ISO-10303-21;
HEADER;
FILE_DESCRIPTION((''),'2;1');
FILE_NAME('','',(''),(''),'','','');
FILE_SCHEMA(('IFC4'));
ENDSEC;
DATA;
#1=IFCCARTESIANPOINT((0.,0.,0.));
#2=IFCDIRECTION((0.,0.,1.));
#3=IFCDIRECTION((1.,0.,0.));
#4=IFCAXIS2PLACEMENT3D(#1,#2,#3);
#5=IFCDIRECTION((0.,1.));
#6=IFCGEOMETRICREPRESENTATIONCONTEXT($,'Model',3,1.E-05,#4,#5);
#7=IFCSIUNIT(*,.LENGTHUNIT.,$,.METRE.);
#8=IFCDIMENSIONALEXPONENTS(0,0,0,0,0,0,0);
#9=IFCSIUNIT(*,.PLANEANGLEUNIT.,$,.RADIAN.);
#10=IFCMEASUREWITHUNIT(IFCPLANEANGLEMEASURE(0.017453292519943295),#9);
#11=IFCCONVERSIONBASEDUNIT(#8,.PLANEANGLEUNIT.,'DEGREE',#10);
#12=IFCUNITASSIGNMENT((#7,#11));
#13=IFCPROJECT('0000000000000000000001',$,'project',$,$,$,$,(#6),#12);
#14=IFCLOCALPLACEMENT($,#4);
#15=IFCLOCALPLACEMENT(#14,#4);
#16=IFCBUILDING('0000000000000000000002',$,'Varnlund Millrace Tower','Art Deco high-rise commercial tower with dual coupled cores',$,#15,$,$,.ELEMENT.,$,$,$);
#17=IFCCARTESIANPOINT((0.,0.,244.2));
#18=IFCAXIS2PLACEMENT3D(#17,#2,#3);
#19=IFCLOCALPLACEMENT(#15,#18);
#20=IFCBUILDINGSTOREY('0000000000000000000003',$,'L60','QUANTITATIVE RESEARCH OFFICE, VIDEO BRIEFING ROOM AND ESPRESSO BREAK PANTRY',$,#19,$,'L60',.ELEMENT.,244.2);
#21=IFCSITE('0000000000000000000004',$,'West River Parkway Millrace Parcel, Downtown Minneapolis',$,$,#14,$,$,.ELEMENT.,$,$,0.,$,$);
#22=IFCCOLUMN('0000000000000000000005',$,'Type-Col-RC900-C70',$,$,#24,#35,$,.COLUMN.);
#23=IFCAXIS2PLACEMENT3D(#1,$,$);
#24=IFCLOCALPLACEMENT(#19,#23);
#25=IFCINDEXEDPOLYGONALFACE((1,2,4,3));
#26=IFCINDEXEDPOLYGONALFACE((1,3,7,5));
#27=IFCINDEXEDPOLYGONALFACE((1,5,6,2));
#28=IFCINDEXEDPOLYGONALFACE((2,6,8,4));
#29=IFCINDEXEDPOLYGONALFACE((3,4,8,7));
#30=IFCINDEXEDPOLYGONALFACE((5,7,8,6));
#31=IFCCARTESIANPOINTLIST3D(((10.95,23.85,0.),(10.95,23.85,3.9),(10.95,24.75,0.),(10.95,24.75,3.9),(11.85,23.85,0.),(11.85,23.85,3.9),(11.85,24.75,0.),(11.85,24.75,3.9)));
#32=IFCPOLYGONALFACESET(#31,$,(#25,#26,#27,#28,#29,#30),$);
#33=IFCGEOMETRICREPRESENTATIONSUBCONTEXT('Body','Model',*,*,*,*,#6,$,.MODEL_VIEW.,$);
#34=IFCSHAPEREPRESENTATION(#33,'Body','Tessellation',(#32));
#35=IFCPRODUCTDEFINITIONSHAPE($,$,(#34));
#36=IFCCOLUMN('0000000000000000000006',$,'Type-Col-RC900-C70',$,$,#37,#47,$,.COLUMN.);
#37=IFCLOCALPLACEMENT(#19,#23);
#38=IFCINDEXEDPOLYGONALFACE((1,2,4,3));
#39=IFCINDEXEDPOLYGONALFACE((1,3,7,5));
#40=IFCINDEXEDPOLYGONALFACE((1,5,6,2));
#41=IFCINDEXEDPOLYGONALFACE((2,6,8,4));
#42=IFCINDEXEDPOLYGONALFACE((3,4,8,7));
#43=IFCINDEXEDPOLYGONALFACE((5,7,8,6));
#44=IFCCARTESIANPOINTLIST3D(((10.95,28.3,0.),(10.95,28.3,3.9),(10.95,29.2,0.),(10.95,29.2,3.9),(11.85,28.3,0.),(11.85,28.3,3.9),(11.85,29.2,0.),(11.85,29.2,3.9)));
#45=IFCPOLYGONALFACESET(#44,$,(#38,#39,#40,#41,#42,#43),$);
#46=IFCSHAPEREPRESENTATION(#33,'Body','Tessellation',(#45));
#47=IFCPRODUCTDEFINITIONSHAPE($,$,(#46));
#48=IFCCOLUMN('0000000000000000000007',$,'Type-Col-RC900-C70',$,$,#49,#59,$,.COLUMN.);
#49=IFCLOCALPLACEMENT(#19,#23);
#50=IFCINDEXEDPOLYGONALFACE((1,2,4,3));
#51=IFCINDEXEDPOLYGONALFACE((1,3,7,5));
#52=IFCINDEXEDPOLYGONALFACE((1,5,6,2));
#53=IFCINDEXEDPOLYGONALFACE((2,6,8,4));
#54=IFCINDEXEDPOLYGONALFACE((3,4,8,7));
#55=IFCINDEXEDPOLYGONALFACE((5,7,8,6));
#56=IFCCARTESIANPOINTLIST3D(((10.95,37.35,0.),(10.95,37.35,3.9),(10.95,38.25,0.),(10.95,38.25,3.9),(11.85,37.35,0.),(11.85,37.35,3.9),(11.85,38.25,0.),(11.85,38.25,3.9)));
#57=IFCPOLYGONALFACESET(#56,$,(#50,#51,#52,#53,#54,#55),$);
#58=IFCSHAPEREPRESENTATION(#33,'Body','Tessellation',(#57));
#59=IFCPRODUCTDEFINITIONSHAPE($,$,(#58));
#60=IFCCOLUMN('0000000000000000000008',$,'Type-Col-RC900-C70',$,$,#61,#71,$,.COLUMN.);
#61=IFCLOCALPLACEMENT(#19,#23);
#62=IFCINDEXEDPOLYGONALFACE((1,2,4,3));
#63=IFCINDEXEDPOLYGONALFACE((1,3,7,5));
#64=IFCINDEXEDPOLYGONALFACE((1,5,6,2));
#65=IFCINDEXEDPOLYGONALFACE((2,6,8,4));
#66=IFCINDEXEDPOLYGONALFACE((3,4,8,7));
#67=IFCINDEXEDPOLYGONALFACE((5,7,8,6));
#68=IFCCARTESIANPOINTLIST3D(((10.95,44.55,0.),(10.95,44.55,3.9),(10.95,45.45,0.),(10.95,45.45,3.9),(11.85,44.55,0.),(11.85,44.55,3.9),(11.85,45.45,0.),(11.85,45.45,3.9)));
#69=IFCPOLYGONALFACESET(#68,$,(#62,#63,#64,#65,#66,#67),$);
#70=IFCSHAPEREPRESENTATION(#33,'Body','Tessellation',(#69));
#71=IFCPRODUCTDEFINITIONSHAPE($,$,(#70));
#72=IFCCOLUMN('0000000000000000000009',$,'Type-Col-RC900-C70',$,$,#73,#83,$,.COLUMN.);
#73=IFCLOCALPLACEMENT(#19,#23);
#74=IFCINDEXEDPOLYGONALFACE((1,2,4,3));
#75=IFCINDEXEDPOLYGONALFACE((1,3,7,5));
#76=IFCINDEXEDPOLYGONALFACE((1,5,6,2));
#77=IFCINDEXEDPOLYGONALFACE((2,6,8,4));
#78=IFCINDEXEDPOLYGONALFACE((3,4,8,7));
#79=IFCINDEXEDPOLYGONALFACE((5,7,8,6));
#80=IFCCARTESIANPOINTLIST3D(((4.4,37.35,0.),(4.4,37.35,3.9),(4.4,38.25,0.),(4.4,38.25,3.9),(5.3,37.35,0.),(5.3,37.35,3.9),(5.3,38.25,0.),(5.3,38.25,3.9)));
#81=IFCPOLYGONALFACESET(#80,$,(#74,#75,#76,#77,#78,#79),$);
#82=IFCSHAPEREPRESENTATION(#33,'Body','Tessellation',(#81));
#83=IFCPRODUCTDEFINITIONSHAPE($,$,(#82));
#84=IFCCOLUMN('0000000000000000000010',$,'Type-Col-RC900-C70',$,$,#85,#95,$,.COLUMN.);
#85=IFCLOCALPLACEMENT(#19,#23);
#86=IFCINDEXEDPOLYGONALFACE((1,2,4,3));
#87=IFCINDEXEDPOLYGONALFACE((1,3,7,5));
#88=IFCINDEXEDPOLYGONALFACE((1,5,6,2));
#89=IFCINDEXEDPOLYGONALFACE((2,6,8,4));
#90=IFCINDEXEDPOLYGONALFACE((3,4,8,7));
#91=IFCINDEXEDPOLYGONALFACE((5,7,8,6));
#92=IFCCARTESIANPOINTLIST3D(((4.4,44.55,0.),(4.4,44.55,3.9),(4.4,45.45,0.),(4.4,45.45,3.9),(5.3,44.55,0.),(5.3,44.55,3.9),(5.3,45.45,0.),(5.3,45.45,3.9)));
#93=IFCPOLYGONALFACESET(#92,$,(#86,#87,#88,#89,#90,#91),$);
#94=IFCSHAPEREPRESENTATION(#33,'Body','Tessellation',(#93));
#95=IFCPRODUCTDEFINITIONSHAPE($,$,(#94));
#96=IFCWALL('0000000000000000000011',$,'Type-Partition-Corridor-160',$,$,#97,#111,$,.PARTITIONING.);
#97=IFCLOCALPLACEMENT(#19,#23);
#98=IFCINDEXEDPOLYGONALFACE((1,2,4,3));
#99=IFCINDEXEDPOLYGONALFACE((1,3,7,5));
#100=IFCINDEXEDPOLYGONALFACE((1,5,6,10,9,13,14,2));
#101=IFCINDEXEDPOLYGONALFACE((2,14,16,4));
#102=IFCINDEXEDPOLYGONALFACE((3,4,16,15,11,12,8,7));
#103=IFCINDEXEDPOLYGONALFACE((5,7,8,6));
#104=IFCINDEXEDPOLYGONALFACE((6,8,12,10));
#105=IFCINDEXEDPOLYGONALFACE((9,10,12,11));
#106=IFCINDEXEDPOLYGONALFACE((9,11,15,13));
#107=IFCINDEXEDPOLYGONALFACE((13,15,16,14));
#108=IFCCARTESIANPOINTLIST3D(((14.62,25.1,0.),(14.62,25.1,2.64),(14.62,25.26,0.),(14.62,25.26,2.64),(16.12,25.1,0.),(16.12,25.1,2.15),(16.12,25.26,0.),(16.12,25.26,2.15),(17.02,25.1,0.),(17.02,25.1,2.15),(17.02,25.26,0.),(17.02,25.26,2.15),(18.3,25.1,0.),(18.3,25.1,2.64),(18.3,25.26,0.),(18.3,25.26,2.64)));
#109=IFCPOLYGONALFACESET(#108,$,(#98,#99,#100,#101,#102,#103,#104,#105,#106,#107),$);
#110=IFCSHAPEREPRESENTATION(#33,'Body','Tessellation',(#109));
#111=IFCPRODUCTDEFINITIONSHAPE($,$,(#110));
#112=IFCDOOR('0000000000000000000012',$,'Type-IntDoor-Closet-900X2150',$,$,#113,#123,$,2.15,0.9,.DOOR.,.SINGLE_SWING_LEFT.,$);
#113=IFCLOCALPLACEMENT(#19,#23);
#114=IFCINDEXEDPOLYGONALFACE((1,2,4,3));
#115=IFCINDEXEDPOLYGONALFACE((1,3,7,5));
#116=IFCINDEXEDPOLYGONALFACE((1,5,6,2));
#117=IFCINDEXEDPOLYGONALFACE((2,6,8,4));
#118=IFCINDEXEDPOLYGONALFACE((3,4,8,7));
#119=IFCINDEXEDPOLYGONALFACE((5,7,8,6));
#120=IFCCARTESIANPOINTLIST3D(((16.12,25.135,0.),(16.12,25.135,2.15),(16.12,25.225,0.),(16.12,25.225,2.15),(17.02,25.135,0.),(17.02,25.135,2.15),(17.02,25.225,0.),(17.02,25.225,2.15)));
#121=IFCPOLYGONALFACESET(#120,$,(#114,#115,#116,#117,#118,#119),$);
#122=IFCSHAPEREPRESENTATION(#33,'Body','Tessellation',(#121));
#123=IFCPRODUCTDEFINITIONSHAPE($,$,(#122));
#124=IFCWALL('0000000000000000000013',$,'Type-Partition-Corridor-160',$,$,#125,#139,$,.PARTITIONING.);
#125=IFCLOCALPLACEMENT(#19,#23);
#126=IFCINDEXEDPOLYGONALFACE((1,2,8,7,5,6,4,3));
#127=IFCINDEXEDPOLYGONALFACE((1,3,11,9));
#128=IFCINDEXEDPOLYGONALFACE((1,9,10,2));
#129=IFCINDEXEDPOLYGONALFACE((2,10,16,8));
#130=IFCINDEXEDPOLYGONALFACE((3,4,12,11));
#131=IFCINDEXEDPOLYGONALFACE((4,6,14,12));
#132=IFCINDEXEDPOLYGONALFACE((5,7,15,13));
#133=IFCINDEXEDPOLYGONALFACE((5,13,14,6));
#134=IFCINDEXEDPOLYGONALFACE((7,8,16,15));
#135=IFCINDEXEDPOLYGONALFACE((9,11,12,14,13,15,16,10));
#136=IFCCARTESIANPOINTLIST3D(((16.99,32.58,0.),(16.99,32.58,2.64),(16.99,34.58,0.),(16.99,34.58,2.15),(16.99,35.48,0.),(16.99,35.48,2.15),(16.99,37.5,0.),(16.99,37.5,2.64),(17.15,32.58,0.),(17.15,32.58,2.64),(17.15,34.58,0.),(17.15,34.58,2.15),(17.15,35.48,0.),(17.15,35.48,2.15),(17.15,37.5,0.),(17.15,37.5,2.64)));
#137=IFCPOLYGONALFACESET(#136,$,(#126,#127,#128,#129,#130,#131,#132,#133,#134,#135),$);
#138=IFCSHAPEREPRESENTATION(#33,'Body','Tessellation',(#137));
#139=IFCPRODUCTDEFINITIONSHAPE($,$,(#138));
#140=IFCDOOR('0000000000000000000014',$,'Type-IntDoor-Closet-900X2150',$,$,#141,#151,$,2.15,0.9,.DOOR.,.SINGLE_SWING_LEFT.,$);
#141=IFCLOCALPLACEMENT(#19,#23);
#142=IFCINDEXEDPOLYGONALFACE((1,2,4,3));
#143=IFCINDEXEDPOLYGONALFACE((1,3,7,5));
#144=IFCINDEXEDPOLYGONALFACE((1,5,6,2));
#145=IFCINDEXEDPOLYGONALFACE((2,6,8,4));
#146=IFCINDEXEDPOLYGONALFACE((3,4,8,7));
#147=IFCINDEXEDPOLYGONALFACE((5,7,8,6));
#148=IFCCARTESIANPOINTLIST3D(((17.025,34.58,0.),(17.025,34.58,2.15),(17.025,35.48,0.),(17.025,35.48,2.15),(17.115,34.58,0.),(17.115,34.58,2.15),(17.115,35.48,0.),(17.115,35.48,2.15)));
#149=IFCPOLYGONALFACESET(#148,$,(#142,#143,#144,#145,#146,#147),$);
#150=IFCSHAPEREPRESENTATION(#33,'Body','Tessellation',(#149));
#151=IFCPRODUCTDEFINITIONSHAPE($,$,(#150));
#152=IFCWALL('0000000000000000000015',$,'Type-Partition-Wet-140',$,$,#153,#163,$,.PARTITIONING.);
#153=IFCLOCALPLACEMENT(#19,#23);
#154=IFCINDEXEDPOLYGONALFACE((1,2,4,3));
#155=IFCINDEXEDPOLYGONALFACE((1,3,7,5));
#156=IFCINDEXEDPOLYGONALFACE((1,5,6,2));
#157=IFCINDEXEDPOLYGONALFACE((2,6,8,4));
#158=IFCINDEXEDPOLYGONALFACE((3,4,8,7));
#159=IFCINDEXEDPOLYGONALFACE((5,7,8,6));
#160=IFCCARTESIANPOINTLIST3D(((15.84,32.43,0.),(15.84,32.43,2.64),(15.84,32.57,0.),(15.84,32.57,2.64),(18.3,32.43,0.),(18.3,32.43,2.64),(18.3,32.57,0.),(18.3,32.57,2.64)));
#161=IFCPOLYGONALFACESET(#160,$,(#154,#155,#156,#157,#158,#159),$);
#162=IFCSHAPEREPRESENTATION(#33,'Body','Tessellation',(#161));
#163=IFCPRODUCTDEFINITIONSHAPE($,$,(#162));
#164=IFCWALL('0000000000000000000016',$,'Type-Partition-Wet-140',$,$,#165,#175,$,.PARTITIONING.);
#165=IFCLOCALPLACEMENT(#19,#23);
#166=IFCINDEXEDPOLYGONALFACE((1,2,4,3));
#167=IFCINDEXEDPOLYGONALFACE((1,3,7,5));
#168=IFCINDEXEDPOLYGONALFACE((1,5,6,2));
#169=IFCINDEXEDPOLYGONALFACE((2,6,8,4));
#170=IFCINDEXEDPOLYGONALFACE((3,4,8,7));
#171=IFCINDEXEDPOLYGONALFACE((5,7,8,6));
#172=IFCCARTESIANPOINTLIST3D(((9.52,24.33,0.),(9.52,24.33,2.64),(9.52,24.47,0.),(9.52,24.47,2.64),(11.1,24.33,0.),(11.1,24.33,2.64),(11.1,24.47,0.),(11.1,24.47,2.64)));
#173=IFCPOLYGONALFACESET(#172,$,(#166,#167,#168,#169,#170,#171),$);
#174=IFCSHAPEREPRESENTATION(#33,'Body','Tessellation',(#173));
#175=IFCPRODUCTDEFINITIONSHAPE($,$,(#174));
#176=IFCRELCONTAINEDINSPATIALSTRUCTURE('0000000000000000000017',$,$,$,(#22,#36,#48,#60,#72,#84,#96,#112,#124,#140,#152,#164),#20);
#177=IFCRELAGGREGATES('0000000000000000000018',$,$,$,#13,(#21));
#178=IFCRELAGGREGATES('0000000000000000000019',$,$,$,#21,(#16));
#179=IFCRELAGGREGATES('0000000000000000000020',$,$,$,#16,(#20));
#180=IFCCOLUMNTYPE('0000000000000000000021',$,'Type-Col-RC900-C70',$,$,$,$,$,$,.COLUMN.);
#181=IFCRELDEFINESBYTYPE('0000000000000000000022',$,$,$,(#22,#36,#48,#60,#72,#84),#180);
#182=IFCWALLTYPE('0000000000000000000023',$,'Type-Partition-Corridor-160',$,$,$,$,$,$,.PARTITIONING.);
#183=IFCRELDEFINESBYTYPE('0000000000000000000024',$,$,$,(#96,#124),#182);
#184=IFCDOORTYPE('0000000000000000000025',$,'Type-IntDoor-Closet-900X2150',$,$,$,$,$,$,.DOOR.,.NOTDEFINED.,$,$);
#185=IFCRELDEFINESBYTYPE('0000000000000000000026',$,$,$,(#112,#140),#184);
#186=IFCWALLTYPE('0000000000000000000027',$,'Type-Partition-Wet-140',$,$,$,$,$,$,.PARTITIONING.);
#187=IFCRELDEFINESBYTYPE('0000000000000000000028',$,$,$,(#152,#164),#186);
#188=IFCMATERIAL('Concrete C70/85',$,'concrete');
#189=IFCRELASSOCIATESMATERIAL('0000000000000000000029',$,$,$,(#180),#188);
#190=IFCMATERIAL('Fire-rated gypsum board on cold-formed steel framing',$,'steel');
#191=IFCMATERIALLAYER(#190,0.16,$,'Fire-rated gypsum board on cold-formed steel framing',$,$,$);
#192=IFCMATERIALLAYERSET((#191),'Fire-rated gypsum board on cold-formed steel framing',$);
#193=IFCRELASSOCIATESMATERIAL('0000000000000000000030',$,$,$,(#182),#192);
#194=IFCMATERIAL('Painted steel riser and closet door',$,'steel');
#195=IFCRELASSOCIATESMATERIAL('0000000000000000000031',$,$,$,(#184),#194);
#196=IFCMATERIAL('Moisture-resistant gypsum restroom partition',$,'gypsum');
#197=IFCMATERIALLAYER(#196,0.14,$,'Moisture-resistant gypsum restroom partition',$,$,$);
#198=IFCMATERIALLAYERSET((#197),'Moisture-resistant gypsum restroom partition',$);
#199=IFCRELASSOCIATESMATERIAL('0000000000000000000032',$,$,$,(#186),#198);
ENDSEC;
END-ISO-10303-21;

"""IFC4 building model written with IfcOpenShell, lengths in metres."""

from ifc_helpers import new_model, entity, si_unit, converted_unit, direction, frame, origin_with_axes, origin_2d_with_axis, place, context, subcontext, project, spatial, polyline, rectangle, outline, extrude, material, layer, layer_set, material_profile, profile_set, type_object, element, fill, save


model = new_model("IFC4")

# Units and contexts
model_context = context("Model", 3, precision=1e-05, world=origin_with_axes(), true_north=direction((0.0, 1.0)))
body_context = subcontext(model_context, "Body", "Model", "MODEL_VIEW")
ifc_project = project(units=[si_unit("LENGTHUNIT", "METRE"), converted_unit("PLANEANGLEUNIT", "DEGREE", entity("IfcPlaneAngleMeasure", 0.017453292519943295), si_unit("PLANEANGLEUNIT", "RADIAN"), dimensions=[0, 0, 0, 0, 0, 0, 0])], contexts=[model_context])

# Site, building, storey
site_placement = place(None, origin_with_axes())
site = spatial("IfcSite", under=ifc_project, at=site_placement, Name="West River Parkway Millrace Parcel, Downtown Minneapolis", CompositionType="ELEMENT", RefElevation=0.0)
building_placement = place(site_placement, origin_with_axes())
building = spatial("IfcBuilding", under=site, at=building_placement, Name="Varnlund Millrace Tower", Description="Art Deco high-rise commercial tower with dual coupled cores", CompositionType="ELEMENT")
storey_placement = place(building_placement, frame((0.0, 0.0, 244.2), z_axis=(0.0, 0.0, 1.0), x_axis=(1.0, 0.0, 0.0)))
storey = spatial("IfcBuildingStorey", under=building, at=storey_placement, Name="L60", Description="QUANTITATIVE RESEARCH OFFICE, VIDEO BRIEFING ROOM AND ESPRESSO BREAK PANTRY", LongName="L60", CompositionType="ELEMENT", Elevation=244.2)

# Columns
ifc_material_1 = material(Name="Concrete C70/85", Category="concrete")
ifc_material_profile = material_profile(ifc_material_1, rectangle(XDim=0.9, YDim=0.9, at=origin_2d_with_axis()), Name="Concrete C70/85")
ifc_profile_set = profile_set([ifc_material_profile], Name="Concrete C70/85")
column_type = type_object("IfcColumnType", Name="Type-Col-RC900-C70", PredefinedType="COLUMN", material=ifc_profile_set)
for number, where, z_axis, x_axis, name in (
    (1, (11.4, 24.3, 0.0), (0.0, 0.0, 1.0), (1.0, 0.0, 0.0), "Type-Col-RC900-C70"),
    (2, (11.4, 28.75, 0.0), (0.0, 0.0, 1.0), (1.0, 0.0, 0.0), "Type-Col-RC900-C70"),
    (3, (11.4, 37.8, 0.0), (0.0, 0.0, 1.0), (1.0, 0.0, 0.0), "Type-Col-RC900-C70"),
    (4, (11.4, 45.0, 0.0), (0.0, 0.0, 1.0), (1.0, 0.0, 0.0), "Type-Col-RC900-C70"),
    (5, (4.85, 37.8, 0.0), (0.0, 0.0, 1.0), (1.0, 0.0, 0.0), "Type-Col-RC900-C70"),
    (6, (4.85, 45.0, 0.0), (0.0, 0.0, 1.0), (1.0, 0.0, 0.0), "Type-Col-RC900-C70"),
):
    element("IfcColumn", number, at=place(storey_placement, frame(where, z_axis=z_axis, x_axis=x_axis)), inside=storey, type_object=column_type, Name=name, PredefinedType="COLUMN", context=body_context, shape_type="SweptSolid", body=[
        extrude(rectangle(XDim=0.9, YDim=0.9, at=origin_2d_with_axis()), origin_with_axes(), (0.0, 0.0, 1.0), 3.9),
    ])

# Walls, openings, doors
ifc_material_2 = material(Name="Fire-rated gypsum board on cold-formed steel framing", Category="steel")
ifc_layer_1 = layer(ifc_material_2, 0.16, Name="Fire-rated gypsum board on cold-formed steel framing")
ifc_layer_set_1 = layer_set([ifc_layer_1], Name="Fire-rated gypsum board on cold-formed steel framing")
wall_type_1 = type_object("IfcWallType", Name="Type-Partition-Corridor-160", PredefinedType="PARTITIONING", material=ifc_layer_set_1)
wall_1_placement = place(storey_placement, frame((14.62, 25.18, 0.0), z_axis=(0.0, 0.0, 1.0), x_axis=(1.0, 0.0, 0.0)))
wall_1 = element("IfcWall", 7, at=wall_1_placement, inside=storey, type_object=wall_type_1, Name="Type-Partition-Corridor-160", PredefinedType="PARTITIONING", context=body_context, shape_type="SweptSolid", body=[
    extrude(outline(polyline([(0.0, -0.08), (3.68, -0.08), (3.68, 0.08), (0.0, 0.08), (0.0, -0.08)])), origin_with_axes(), (0.0, 0.0, 1.0), 2.64),
])
opening_1_placement = place(wall_1_placement, frame((1.95, 0.0, 0.0), z_axis=(0.0, 0.0, 1.0), x_axis=(1.0, 0.0, 0.0)))
opening_1 = element("IfcOpeningElement", 8, at=opening_1_placement, cuts=wall_1, PredefinedType="OPENING", context=body_context, shape_type="SweptSolid", body=[
    extrude(rectangle(XDim=0.9, YDim=0.18, at=origin_2d_with_axis()), origin_with_axes(), (0.0, 0.0, 1.0), 2.15),
])
ifc_material_3 = material(Name="Painted steel riser and closet door", Category="steel")
door_type_1 = type_object("IfcDoorType", Name="Type-IntDoor-Closet-900X2150", OperationType="NOTDEFINED", PredefinedType="DOOR", material=ifc_material_3)
door_1_placement = place(wall_1_placement, frame((1.95, 0.0, 0.0), z_axis=(0.0, 0.0, 1.0), x_axis=(1.0, 0.0, 0.0)))
door_1 = element("IfcDoor", 9, at=door_1_placement, inside=storey, type_object=door_type_1, Name="Type-IntDoor-Closet-900X2150", OperationType="SINGLE_SWING_LEFT", OverallHeight=2.15, OverallWidth=0.9, PredefinedType="DOOR", context=body_context, shape_type="SweptSolid", body=[
    extrude(rectangle(XDim=0.9, YDim=0.09, at=origin_2d_with_axis()), origin_with_axes(), (0.0, 0.0, 1.0), 2.15),
])
fill(opening_1, door_1)
wall_2_placement = place(storey_placement, frame((17.07, 32.58, 0.0), z_axis=(0.0, 0.0, 1.0), x_axis=(0.0, 1.0, 0.0)))
wall_2 = element("IfcWall", 10, at=wall_2_placement, inside=storey, type_object=wall_type_1, Name="Type-Partition-Corridor-160", PredefinedType="PARTITIONING", context=body_context, shape_type="SweptSolid", body=[
    extrude(outline(polyline([(0.0, -0.08), (4.92, -0.08), (4.92, 0.08), (0.0, 0.08), (0.0, -0.08)])), origin_with_axes(), (0.0, 0.0, 1.0), 2.64),
])
opening_2_placement = place(wall_2_placement, frame((2.45, 0.0, 0.0), z_axis=(0.0, 0.0, 1.0), x_axis=(1.0, 0.0, 0.0)))
opening_2 = element("IfcOpeningElement", 11, at=opening_2_placement, cuts=wall_2, PredefinedType="OPENING", context=body_context, shape_type="SweptSolid", body=[
    extrude(rectangle(XDim=0.9, YDim=0.18, at=origin_2d_with_axis()), origin_with_axes(), (0.0, 0.0, 1.0), 2.15),
])
door_2_placement = place(wall_2_placement, frame((2.45, 0.0, 0.0), z_axis=(0.0, 0.0, 1.0), x_axis=(1.0, 0.0, 0.0)))
door_2 = element("IfcDoor", 12, at=door_2_placement, inside=storey, type_object=door_type_1, Name="Type-IntDoor-Closet-900X2150", OperationType="SINGLE_SWING_LEFT", OverallHeight=2.15, OverallWidth=0.9, PredefinedType="DOOR", context=body_context, shape_type="SweptSolid", body=[
    extrude(rectangle(XDim=0.9, YDim=0.09, at=origin_2d_with_axis()), origin_with_axes(), (0.0, 0.0, 1.0), 2.15),
])
fill(opening_2, door_2)

# Walls
ifc_material_4 = material(Name="Moisture-resistant gypsum restroom partition", Category="gypsum")
ifc_layer_2 = layer(ifc_material_4, 0.14, Name="Moisture-resistant gypsum restroom partition")
ifc_layer_set_2 = layer_set([ifc_layer_2], Name="Moisture-resistant gypsum restroom partition")
wall_type_2 = type_object("IfcWallType", Name="Type-Partition-Wet-140", PredefinedType="PARTITIONING", material=ifc_layer_set_2)
wall_3_placement = place(storey_placement, frame((15.84, 32.5, 0.0), z_axis=(0.0, 0.0, 1.0), x_axis=(1.0, 0.0, 0.0)))
element("IfcWall", 13, at=wall_3_placement, inside=storey, type_object=wall_type_2, Name="Type-Partition-Wet-140", PredefinedType="PARTITIONING", context=body_context, shape_type="SweptSolid", body=[
    extrude(outline(polyline([(0.0, -0.07), (2.46, -0.07), (2.46, 0.07), (0.0, 0.07), (0.0, -0.07)])), origin_with_axes(), (0.0, 0.0, 1.0), 2.64),
])
wall_4_placement = place(storey_placement, frame((9.52, 24.4, 0.0), z_axis=(0.0, 0.0, 1.0), x_axis=(1.0, 0.0, 0.0)))
element("IfcWall", 14, at=wall_4_placement, inside=storey, type_object=wall_type_2, Name="Type-Partition-Wet-140", PredefinedType="PARTITIONING", context=body_context, shape_type="SweptSolid", body=[
    extrude(outline(polyline([(0.0, -0.07), (1.58, -0.07), (1.58, 0.07), (0.0, 0.07), (0.0, -0.07)])), origin_with_axes(), (0.0, 0.0, 1.0), 2.64),
])

save(model, "model.ifc")
